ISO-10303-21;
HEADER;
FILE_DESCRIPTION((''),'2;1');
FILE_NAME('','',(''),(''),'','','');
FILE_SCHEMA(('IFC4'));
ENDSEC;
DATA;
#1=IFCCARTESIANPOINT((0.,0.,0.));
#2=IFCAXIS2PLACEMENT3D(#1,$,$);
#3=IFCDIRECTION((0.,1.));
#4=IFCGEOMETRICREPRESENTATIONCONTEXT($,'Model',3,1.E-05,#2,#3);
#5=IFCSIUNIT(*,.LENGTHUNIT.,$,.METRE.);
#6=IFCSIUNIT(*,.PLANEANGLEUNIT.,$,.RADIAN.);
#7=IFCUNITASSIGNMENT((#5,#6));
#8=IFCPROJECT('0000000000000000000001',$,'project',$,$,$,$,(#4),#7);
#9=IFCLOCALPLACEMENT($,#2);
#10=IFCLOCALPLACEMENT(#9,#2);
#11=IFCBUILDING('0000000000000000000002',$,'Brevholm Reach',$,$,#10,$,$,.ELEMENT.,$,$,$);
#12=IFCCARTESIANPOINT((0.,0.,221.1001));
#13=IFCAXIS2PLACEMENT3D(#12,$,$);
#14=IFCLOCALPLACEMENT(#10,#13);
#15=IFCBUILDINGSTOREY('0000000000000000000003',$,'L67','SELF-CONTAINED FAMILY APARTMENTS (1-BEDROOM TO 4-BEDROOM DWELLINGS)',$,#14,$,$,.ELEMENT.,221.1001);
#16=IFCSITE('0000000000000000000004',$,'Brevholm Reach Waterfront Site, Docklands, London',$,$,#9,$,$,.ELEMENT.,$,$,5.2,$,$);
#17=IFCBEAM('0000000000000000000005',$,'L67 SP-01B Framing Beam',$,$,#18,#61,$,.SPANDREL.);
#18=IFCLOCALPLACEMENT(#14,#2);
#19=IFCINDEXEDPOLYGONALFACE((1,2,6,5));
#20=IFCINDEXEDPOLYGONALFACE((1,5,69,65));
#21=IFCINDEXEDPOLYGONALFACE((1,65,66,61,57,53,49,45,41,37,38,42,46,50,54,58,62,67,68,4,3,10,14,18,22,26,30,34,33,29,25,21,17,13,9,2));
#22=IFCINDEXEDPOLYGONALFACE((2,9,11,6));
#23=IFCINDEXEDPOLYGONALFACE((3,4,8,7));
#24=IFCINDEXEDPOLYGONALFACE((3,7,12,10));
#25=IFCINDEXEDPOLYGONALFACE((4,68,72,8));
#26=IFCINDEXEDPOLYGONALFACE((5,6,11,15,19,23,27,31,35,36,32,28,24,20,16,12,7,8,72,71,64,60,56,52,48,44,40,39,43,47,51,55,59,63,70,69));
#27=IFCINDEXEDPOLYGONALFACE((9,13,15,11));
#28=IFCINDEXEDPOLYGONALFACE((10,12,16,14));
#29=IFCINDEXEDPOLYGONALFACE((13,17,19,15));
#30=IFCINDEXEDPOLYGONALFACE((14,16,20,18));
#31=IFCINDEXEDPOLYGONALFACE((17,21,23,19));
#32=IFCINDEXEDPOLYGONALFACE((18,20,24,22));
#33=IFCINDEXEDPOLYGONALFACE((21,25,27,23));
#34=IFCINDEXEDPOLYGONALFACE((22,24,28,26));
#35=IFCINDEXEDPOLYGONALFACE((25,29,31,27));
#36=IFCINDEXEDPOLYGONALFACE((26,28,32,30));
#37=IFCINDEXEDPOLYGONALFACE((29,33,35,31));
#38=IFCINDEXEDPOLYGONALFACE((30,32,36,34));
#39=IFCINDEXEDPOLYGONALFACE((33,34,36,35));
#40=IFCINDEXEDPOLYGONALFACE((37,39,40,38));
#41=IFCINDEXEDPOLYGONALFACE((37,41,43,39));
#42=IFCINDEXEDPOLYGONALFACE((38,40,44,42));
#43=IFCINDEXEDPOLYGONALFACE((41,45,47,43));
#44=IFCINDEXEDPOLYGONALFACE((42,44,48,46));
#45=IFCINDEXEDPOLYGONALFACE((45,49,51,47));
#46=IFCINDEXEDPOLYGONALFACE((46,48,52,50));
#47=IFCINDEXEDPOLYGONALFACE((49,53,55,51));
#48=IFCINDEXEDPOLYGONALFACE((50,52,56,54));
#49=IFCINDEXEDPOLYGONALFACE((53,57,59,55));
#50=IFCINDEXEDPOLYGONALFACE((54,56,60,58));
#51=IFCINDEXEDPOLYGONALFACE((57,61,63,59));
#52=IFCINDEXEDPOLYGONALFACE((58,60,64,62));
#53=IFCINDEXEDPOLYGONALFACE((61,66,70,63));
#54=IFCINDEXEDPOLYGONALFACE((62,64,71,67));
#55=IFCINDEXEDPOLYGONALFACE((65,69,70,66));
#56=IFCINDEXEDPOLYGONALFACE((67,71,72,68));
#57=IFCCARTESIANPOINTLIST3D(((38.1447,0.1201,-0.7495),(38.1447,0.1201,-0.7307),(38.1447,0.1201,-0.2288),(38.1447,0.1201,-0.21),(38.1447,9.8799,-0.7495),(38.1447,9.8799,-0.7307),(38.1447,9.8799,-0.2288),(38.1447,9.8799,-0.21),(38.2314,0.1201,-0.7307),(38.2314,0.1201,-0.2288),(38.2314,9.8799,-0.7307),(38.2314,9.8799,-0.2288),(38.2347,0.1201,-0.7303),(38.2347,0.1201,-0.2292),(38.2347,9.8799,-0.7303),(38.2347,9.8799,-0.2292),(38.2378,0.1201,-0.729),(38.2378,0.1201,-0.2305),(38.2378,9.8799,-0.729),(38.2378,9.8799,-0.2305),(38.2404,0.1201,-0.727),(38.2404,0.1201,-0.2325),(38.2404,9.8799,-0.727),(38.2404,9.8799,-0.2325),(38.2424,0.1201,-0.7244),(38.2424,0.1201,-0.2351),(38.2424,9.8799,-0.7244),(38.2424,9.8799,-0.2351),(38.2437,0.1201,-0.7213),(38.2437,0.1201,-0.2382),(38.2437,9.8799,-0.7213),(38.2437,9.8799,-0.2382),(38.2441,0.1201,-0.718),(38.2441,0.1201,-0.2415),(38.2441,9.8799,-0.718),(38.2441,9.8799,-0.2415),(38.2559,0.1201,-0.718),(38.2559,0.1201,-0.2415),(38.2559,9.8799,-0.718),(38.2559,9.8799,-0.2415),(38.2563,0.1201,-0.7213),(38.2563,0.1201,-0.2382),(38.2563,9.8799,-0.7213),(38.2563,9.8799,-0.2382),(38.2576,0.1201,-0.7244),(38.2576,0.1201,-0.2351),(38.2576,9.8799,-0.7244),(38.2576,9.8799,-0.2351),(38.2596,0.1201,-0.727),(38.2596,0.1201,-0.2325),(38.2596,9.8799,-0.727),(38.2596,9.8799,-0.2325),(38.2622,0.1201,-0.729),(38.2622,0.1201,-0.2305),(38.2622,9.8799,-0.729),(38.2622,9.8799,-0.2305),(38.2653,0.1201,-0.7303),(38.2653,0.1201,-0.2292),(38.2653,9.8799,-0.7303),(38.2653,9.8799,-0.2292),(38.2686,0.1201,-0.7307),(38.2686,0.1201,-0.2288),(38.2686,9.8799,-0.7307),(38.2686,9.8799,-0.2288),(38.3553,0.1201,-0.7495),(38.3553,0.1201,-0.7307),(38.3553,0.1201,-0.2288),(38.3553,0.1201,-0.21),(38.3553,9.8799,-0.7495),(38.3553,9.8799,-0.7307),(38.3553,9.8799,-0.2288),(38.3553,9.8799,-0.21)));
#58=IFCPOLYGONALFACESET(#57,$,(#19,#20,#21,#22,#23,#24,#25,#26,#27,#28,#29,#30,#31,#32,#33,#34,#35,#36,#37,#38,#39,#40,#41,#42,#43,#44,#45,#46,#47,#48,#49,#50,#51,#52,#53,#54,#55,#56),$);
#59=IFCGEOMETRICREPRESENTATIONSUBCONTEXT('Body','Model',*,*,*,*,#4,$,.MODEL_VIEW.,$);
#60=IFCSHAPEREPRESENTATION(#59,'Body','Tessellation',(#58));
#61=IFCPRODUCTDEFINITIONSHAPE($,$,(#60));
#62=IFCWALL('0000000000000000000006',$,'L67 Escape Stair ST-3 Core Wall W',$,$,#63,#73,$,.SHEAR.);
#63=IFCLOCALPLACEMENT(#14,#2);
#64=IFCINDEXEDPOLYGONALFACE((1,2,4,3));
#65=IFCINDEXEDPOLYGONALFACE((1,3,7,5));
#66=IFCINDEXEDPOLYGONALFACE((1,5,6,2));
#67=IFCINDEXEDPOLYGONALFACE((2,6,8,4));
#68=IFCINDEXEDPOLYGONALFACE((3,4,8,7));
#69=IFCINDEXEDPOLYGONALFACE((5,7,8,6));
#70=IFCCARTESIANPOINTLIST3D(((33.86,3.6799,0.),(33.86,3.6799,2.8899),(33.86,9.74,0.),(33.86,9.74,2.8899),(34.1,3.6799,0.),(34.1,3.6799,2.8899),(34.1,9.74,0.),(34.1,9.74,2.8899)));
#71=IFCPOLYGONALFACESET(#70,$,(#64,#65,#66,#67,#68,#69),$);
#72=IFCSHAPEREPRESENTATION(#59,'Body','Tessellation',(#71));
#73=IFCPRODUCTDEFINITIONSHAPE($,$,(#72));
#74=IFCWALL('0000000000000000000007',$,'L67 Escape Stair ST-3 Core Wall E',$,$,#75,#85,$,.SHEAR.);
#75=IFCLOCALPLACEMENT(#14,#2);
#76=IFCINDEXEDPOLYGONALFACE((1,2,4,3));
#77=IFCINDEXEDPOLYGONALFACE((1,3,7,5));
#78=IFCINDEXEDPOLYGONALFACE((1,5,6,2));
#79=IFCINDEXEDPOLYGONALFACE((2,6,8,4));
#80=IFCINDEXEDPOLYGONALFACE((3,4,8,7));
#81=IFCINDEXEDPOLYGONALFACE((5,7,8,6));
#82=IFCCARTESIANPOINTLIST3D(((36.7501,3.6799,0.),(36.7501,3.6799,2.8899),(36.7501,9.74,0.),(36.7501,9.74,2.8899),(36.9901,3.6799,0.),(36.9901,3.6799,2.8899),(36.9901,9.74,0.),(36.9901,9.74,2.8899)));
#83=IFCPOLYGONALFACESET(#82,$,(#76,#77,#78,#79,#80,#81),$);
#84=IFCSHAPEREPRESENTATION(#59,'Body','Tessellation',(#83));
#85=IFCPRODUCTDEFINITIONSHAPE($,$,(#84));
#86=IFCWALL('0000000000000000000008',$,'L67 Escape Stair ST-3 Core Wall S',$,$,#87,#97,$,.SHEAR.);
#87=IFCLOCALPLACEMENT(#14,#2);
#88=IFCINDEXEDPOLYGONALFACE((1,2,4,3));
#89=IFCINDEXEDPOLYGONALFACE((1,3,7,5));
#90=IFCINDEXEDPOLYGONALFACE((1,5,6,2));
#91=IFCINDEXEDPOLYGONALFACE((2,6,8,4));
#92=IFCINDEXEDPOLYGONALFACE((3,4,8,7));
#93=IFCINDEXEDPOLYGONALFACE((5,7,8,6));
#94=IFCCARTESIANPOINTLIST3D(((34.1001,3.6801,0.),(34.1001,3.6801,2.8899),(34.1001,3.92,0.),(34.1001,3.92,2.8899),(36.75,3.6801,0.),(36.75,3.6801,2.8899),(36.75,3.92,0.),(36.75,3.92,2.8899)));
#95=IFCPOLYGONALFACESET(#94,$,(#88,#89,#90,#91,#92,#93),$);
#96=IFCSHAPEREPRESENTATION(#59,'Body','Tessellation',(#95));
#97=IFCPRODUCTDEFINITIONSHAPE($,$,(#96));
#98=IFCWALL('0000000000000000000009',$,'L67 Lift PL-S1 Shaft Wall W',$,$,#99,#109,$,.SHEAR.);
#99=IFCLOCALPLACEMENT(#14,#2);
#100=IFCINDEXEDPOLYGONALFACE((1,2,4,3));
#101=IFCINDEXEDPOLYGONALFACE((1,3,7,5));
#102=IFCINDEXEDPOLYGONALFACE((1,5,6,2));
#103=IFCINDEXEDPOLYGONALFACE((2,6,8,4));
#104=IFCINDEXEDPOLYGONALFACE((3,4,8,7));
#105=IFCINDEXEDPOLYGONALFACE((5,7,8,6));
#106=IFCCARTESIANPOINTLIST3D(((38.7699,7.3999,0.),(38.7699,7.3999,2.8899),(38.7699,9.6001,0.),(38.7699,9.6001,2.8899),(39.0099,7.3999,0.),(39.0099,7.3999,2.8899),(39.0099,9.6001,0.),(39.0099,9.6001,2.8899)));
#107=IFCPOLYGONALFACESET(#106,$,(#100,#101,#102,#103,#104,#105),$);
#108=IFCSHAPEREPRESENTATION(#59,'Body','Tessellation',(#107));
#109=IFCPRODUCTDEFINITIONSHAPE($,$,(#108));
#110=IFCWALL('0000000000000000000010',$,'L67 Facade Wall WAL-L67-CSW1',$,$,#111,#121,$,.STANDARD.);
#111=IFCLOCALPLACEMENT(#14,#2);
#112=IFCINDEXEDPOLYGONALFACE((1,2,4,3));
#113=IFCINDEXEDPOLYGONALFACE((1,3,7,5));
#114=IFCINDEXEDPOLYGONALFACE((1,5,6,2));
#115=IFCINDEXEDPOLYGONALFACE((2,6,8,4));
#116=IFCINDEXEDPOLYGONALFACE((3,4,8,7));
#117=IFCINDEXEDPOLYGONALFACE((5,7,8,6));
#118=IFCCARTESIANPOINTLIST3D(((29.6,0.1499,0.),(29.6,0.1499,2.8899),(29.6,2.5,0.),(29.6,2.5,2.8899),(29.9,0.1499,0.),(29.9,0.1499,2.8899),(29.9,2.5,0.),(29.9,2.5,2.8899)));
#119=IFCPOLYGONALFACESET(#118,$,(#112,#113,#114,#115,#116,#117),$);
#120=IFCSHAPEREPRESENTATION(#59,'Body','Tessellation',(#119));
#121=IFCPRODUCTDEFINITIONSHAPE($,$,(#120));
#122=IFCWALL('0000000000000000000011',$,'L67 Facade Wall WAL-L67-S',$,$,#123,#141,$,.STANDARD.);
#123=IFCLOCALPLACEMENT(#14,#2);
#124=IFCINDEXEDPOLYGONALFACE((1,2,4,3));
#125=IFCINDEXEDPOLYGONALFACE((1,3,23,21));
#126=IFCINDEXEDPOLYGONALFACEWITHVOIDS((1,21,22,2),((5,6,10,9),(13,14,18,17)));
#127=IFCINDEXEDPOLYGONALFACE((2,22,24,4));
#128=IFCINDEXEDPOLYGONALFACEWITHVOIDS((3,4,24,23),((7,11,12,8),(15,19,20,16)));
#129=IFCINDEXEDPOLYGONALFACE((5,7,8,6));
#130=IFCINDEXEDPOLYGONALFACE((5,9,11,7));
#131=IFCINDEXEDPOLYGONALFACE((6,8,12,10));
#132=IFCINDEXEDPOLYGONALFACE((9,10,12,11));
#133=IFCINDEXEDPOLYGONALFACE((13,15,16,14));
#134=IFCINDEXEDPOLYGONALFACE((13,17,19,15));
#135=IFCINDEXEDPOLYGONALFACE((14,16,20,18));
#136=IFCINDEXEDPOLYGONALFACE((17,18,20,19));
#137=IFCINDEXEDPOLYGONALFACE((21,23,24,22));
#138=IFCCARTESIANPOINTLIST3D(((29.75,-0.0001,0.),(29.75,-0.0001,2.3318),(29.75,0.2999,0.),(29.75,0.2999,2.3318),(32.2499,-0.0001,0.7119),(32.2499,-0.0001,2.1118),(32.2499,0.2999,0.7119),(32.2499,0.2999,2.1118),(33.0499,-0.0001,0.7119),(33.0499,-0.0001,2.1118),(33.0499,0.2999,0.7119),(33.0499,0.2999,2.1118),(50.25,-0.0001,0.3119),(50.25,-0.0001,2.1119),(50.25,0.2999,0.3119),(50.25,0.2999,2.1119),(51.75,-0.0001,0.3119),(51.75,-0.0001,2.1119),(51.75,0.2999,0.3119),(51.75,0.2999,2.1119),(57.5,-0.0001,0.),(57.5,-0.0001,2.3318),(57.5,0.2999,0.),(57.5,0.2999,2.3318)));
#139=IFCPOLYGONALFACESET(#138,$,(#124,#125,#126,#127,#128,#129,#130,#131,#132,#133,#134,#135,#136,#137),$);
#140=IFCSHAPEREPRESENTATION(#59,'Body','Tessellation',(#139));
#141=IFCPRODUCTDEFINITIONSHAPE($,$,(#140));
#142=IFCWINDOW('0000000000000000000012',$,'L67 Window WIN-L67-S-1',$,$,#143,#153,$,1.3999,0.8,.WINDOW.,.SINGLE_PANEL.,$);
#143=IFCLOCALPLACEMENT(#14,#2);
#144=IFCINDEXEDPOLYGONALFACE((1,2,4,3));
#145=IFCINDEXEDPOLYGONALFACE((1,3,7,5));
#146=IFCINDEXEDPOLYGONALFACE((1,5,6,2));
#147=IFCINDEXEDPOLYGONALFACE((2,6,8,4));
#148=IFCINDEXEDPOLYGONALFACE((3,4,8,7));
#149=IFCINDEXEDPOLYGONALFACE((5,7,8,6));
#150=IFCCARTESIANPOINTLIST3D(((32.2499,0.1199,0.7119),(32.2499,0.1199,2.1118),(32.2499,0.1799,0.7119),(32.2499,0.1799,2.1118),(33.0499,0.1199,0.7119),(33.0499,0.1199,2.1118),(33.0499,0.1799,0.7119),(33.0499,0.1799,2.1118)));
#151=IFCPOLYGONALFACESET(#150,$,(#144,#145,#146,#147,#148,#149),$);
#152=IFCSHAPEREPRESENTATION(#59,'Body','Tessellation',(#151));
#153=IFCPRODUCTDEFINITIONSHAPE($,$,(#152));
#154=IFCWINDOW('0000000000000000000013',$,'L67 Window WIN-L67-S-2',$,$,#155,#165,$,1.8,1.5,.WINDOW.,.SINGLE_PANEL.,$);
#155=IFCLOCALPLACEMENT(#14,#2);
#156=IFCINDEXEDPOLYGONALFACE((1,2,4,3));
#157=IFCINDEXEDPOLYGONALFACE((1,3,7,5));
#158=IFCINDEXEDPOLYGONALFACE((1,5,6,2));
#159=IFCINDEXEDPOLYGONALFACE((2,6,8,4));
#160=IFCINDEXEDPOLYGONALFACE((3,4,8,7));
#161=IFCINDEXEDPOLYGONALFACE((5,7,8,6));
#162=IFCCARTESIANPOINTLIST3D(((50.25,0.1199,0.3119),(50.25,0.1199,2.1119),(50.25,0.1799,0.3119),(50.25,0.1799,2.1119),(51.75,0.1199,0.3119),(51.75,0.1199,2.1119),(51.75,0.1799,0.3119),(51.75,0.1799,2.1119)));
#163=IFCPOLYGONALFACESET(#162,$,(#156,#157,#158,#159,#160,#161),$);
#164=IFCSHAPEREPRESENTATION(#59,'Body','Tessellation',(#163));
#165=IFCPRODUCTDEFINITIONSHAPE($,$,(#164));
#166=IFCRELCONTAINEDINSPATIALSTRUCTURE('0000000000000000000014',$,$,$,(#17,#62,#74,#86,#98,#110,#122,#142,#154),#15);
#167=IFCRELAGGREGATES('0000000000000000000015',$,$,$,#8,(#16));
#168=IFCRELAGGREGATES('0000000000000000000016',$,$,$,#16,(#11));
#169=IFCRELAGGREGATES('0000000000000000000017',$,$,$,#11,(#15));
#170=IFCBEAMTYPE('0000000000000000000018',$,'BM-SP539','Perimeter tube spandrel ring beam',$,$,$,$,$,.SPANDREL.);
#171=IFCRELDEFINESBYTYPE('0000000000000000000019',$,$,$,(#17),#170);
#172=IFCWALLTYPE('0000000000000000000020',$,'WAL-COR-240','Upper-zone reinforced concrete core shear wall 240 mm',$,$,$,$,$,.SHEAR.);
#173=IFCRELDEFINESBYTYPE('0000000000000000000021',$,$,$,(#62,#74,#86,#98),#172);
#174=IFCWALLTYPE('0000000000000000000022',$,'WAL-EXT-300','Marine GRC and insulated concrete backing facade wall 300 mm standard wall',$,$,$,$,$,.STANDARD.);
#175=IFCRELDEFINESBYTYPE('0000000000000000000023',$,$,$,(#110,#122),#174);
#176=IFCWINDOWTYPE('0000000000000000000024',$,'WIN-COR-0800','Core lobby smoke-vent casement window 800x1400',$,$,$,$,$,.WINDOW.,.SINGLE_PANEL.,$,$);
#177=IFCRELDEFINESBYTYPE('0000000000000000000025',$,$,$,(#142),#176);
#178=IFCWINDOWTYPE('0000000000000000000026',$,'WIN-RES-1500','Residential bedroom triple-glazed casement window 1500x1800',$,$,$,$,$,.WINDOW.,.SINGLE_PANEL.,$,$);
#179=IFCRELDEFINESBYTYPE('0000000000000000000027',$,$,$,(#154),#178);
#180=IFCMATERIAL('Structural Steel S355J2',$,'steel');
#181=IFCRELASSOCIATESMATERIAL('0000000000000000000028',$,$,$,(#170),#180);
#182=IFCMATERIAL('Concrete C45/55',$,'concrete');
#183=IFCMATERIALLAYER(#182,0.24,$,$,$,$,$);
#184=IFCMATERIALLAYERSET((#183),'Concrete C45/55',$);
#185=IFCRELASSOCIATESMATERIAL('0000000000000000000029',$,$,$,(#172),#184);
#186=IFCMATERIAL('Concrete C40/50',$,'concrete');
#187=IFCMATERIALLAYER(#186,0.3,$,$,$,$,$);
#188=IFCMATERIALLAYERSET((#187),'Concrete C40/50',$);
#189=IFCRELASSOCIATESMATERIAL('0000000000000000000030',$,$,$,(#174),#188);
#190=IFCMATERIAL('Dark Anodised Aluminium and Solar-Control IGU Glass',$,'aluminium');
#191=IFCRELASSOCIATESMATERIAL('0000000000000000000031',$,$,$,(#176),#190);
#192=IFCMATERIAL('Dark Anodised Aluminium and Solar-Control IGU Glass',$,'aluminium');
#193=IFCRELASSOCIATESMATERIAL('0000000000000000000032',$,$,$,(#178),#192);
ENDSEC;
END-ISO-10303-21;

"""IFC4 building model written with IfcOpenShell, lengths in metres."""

from ifc_helpers import new_model, si_unit, direction, frame, frame_2d, origin, origin_2d, place, context, subcontext, project, spatial, rectangle, i_section, extrude, material, layer, layer_set, material_profile, profile_set, type_object, element, fill, save


model = new_model("IFC4")

# Units and contexts
model_context = context("Model", 3, precision=1e-05, world=origin(), true_north=direction((0.0, 1.0)))
body_context = subcontext(model_context, "Body", "Model", "MODEL_VIEW")
ifc_project = project(units=[si_unit("LENGTHUNIT", "METRE"), si_unit("PLANEANGLEUNIT", "RADIAN")], contexts=[model_context])

# Site, building, storey
site_placement = place(None, origin())
site = spatial("IfcSite", under=ifc_project, at=site_placement, Name="Brevholm Reach Waterfront Site, Docklands, London", CompositionType="ELEMENT", RefElevation=5.2)
building_placement = place(site_placement, origin())
building = spatial("IfcBuilding", under=site, at=building_placement, Name="Brevholm Reach", CompositionType="ELEMENT")
storey_placement = place(building_placement, frame((0.0, 0.0, 221.1001)))
storey = spatial("IfcBuildingStorey", under=building, at=storey_placement, Name="L67", Description="SELF-CONTAINED FAMILY APARTMENTS (1-BEDROOM TO 4-BEDROOM DWELLINGS)", CompositionType="ELEMENT", Elevation=221.1001)

# Beam
ifc_material_1 = material(Name="Structural Steel S355J2", Category="steel")
ifc_material_profile_1 = material_profile(ifc_material_1, i_section(OverallWidth=0.2107, OverallDepth=0.5396, WebThickness=0.0117, FlangeThickness=0.0188, FilletRadius=0.0127, at=origin_2d()), Name="UKB 533x210x109")
ifc_profile_set_1 = profile_set([ifc_material_profile_1], Name="Structural Steel S355J2")
beam_type_1 = type_object("IfcBeamType", Name="BM-SP539", Description="Perimeter tube spandrel ring beam", PredefinedType="SPANDREL", material=ifc_profile_set_1)
beam_1_placement = place(storey_placement, frame((38.25, 0.1201, -0.4797), z_axis=(0.0, 1.0, 0.0), x_axis=(-1.0, 0.0, 0.0)))
element("IfcBeam", 1, at=beam_1_placement, inside=storey, type_object=beam_type_1, Name="L67 SP-01B Framing Beam", PredefinedType="SPANDREL", context=body_context, shape_type="SweptSolid", body=[
    extrude(i_section(OverallWidth=0.2107, OverallDepth=0.5396, WebThickness=0.0117, FlangeThickness=0.0188, FilletRadius=0.0127, at=origin_2d()), origin(), (0.0, 0.0, 1.0), 9.7598),
])

# Walls
ifc_material_2 = material(Name="Concrete C45/55", Category="concrete")
ifc_layer_1 = layer(ifc_material_2, 0.24)
ifc_layer_set_1 = layer_set([ifc_layer_1], Name="Concrete C45/55")
wall_type_1 = type_object("IfcWallType", Name="WAL-COR-240", Description="Upper-zone reinforced concrete core shear wall 240 mm", PredefinedType="SHEAR", material=ifc_layer_set_1)
for number, where, z_axis, x_axis, name in (
    (2, (33.98, 3.6799, 0.0), (0.0, 0.0, 1.0), (0.0, 1.0, 0.0), "L67 Escape Stair ST-3 Core Wall W"),
    (3, (36.8701, 3.6799, 0.0), (0.0, 0.0, 1.0), (0.0, 1.0, 0.0), "L67 Escape Stair ST-3 Core Wall E"),
):
    element("IfcWall", number, at=place(storey_placement, frame(where, z_axis=z_axis, x_axis=x_axis)), inside=storey, type_object=wall_type_1, Name=name, PredefinedType="SHEAR", context=body_context, shape_type="SweptSolid", body=[
        extrude(rectangle(XDim=6.0601, YDim=0.24, at=frame_2d((3.03, 0.0))), origin(), (0.0, 0.0, 1.0), 2.8899),
    ])
wall_1_placement = place(storey_placement, frame((34.1001, 3.8, 0.0), z_axis=(0.0, 0.0, 1.0), x_axis=(1.0, 0.0, 0.0)))
element("IfcWall", 4, at=wall_1_placement, inside=storey, type_object=wall_type_1, Name="L67 Escape Stair ST-3 Core Wall S", PredefinedType="SHEAR", context=body_context, shape_type="SweptSolid", body=[
    extrude(rectangle(XDim=2.6499, YDim=0.24, at=frame_2d((1.325, 0.0))), origin(), (0.0, 0.0, 1.0), 2.8899),
])
wall_2_placement = place(storey_placement, frame((38.8899, 7.3999, 0.0), z_axis=(0.0, 0.0, 1.0), x_axis=(0.0, 1.0, 0.0)))
element("IfcWall", 5, at=wall_2_placement, inside=storey, type_object=wall_type_1, Name="L67 Lift PL-S1 Shaft Wall W", PredefinedType="SHEAR", context=body_context, shape_type="SweptSolid", body=[
    extrude(rectangle(XDim=2.2002, YDim=0.24, at=frame_2d((1.1001, 0.0))), origin(), (0.0, 0.0, 1.0), 2.8899),
])
ifc_material_3 = material(Name="Concrete C40/50", Category="concrete")
ifc_layer_2 = layer(ifc_material_3, 0.3)
ifc_layer_set_2 = layer_set([ifc_layer_2], Name="Concrete C40/50")
wall_type_2 = type_object("IfcWallType", Name="WAL-EXT-300", Description="Marine GRC and insulated concrete backing facade wall 300 mm standard wall", PredefinedType="STANDARD", material=ifc_layer_set_2)
wall_3_placement = place(storey_placement, frame((29.75, 2.5, 0.0), z_axis=(0.0, 0.0, 1.0), x_axis=(0.0, -1.0, 0.0)))
element("IfcWall", 6, at=wall_3_placement, inside=storey, type_object=wall_type_2, Name="L67 Facade Wall WAL-L67-CSW1", PredefinedType="STANDARD", context=body_context, shape_type="SweptSolid", body=[
    extrude(rectangle(XDim=2.3501, YDim=0.3, at=frame_2d((1.175, 0.0))), origin(), (0.0, 0.0, 1.0), 2.8899),
])

# Wall, openings, windows
wall_4_placement = place(storey_placement, frame((29.75, 0.1499, 0.0), z_axis=(0.0, 0.0, 1.0), x_axis=(1.0, 0.0, 0.0)))
wall_4 = element("IfcWall", 7, at=wall_4_placement, inside=storey, type_object=wall_type_2, Name="L67 Facade Wall WAL-L67-S", PredefinedType="STANDARD", context=body_context, shape_type="SweptSolid", body=[
    extrude(rectangle(XDim=27.75, YDim=0.3, at=frame_2d((13.875, 0.0))), origin(), (0.0, 0.0, 1.0), 2.3318),
])
opening_1_placement = place(wall_4_placement, frame((2.5, 0.0, 0.7119)))
opening_1 = element("IfcOpeningElement", 8, at=opening_1_placement, cuts=wall_4, PredefinedType="OPENING", context=body_context, shape_type="SweptSolid", body=[
    extrude(rectangle(XDim=0.8, YDim=1.3999, at=frame_2d((0.3999, 0.7))), frame((0.0, 0.1599, 0.0), z_axis=(0.0, -1.0, 0.0), x_axis=(1.0, 0.0, 0.0)), (0.0, 0.0, 1.0), 0.3201),
])
opening_2_placement = place(wall_4_placement, frame((20.5, 0.0, 0.312)))
opening_2 = element("IfcOpeningElement", 9, at=opening_2_placement, cuts=wall_4, PredefinedType="OPENING", context=body_context, shape_type="SweptSolid", body=[
    extrude(rectangle(XDim=1.5, YDim=1.8, at=frame_2d((0.75, 0.8999))), frame((0.0, 0.1599, 0.0), z_axis=(0.0, -1.0, 0.0), x_axis=(1.0, 0.0, 0.0)), (0.0, 0.0, 1.0), 0.3201),
])
ifc_material_4 = material(Name="Dark Anodised Aluminium and Solar-Control IGU Glass", Category="aluminium")
window_type_1 = type_object("IfcWindowType", Name="WIN-COR-0800", Description="Core lobby smoke-vent casement window 800x1400", PartitioningType="SINGLE_PANEL", PredefinedType="WINDOW", material=ifc_material_4)
window_1_placement = place(opening_1_placement, origin())
window_1 = element("IfcWindow", 10, at=window_1_placement, inside=storey, type_object=window_type_1, Name="L67 Window WIN-L67-S-1", OverallHeight=1.3999, OverallWidth=0.8, PartitioningType="SINGLE_PANEL", PredefinedType="WINDOW", context=body_context, shape_type="SweptSolid", body=[
    extrude(rectangle(XDim=0.8, YDim=1.3999, at=frame_2d((0.3999, 0.7))), frame((0.0, 0.03, 0.0), z_axis=(0.0, -1.0, 0.0), x_axis=(1.0, 0.0, 0.0)), (0.0, 0.0, 1.0), 0.0601),
])
fill(opening_1, window_1)
ifc_material_5 = material(Name="Dark Anodised Aluminium and Solar-Control IGU Glass", Category="aluminium")
window_type_2 = type_object("IfcWindowType", Name="WIN-RES-1500", Description="Residential bedroom triple-glazed casement window 1500x1800", PartitioningType="SINGLE_PANEL", PredefinedType="WINDOW", material=ifc_material_5)
window_2_placement = place(opening_2_placement, origin())
window_2 = element("IfcWindow", 11, at=window_2_placement, inside=storey, type_object=window_type_2, Name="L67 Window WIN-L67-S-2", OverallHeight=1.8, OverallWidth=1.5, PartitioningType="SINGLE_PANEL", PredefinedType="WINDOW", context=body_context, shape_type="SweptSolid", body=[
    extrude(rectangle(XDim=1.5, YDim=1.8, at=frame_2d((0.75, 0.8999))), frame((0.0, 0.03, 0.0), z_axis=(0.0, -1.0, 0.0), x_axis=(1.0, 0.0, 0.0)), (0.0, 0.0, 1.0), 0.0601),
])
fill(opening_2, window_2)

save(model, "model.ifc")
